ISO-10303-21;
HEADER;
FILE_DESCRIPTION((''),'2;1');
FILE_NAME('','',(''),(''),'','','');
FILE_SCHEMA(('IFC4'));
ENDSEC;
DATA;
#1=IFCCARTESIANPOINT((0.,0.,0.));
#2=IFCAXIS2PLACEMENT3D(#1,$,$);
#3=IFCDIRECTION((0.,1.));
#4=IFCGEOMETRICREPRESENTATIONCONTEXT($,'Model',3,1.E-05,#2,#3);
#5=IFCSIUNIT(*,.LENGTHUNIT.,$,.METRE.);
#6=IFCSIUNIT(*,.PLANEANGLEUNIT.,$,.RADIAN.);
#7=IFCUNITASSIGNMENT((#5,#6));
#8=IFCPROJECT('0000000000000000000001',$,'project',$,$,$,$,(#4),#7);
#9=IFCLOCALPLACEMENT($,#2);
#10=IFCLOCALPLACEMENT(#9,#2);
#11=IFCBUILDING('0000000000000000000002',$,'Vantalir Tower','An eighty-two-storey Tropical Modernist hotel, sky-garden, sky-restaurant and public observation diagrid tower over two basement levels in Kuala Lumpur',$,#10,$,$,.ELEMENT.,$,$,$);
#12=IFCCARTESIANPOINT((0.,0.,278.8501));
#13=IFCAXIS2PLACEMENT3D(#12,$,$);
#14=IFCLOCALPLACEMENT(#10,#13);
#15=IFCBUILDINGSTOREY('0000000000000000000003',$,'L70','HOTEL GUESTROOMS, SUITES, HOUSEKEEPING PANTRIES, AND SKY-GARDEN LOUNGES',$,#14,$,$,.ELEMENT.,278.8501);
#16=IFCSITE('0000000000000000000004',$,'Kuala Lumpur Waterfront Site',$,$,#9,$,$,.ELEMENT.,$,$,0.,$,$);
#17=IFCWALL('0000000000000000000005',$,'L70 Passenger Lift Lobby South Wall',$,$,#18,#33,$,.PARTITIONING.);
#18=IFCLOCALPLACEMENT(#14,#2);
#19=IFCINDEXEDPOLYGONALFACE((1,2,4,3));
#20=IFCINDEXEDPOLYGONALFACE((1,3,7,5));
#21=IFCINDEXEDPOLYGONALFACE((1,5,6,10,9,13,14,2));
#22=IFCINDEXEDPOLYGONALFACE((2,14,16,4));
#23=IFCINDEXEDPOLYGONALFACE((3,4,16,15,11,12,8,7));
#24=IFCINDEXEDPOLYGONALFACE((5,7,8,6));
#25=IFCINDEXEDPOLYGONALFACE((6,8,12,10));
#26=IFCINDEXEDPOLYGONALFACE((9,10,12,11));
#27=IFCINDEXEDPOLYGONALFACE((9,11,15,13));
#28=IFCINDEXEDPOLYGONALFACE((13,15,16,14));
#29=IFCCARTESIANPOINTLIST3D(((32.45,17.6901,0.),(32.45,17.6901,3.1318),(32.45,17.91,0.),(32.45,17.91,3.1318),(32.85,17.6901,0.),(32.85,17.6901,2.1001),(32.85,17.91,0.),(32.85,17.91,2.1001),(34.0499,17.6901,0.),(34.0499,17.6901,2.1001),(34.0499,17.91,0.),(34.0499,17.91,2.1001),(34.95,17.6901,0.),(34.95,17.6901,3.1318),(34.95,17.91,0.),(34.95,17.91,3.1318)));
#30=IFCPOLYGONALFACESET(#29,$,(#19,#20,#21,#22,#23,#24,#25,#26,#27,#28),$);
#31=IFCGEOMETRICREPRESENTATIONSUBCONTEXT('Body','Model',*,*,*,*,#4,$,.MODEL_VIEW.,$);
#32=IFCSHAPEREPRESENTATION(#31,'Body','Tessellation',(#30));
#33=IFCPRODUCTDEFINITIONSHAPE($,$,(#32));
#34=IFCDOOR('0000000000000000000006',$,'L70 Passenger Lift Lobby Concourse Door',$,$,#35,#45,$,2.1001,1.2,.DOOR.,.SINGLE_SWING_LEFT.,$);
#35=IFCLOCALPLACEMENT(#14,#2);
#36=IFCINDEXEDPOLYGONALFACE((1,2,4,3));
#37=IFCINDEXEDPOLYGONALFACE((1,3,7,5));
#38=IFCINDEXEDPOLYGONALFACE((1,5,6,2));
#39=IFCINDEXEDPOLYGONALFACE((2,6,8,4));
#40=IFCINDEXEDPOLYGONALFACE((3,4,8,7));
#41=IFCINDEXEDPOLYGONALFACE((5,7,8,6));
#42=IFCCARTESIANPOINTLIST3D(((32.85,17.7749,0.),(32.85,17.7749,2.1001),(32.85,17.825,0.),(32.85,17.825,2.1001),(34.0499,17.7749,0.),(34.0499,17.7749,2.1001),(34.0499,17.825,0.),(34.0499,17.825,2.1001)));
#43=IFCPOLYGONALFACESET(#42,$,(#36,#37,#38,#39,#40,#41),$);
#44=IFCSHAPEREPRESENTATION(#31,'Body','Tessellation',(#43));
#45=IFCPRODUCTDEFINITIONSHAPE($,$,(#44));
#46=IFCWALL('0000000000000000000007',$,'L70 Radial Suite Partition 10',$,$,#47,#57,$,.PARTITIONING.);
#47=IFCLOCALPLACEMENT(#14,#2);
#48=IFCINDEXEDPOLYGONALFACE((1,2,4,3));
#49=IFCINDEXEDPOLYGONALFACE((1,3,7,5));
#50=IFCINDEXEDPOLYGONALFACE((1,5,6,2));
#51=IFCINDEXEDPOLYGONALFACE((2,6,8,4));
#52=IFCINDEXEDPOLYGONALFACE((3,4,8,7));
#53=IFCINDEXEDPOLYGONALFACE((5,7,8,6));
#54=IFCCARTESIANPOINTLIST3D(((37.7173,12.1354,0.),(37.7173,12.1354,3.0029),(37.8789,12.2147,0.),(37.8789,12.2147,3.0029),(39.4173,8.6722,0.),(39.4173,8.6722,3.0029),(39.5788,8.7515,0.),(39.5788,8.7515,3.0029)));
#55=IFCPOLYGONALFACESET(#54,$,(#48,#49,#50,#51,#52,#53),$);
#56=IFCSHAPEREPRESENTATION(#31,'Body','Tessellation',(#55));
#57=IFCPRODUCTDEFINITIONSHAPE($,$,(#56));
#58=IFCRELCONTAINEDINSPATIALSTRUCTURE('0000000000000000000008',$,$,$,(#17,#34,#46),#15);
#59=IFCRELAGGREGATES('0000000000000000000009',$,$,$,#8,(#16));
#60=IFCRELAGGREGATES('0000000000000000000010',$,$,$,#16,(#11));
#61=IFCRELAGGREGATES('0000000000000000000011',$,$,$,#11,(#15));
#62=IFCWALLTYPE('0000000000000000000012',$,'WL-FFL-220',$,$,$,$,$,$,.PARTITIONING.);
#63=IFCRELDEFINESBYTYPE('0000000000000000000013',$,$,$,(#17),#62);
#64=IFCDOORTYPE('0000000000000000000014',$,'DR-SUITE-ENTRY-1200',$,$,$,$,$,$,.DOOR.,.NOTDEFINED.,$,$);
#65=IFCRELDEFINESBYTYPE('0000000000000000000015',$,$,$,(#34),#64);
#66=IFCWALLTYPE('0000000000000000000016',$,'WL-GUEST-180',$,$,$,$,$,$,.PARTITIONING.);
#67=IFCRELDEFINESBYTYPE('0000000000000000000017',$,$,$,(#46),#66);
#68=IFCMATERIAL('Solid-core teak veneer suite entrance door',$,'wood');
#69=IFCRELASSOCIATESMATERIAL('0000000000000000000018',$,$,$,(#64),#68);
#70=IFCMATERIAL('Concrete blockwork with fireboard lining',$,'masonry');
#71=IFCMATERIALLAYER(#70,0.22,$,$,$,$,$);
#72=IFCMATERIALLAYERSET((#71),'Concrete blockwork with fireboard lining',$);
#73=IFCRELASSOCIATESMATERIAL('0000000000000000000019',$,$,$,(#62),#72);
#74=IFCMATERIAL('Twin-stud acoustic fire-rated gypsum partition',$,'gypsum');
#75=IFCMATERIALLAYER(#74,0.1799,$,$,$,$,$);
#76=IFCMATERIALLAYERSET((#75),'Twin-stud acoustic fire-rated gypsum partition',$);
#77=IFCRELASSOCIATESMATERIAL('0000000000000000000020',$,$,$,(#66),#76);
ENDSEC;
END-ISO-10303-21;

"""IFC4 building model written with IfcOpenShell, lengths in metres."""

from ifc_helpers import new_model, si_unit, direction, frame, frame_2d, origin, place, context, subcontext, project, spatial, rectangle, extrude, material, layer, layer_set, type_object, element, fill, save


model = new_model("IFC4")

# Units and contexts
model_context = context("Model", 3, precision=1e-05, world=origin(), true_north=direction((0.0, 1.0)))
body_context = subcontext(model_context, "Body", "Model", "MODEL_VIEW")
ifc_project = project(units=[si_unit("LENGTHUNIT", "METRE"), si_unit("PLANEANGLEUNIT", "RADIAN")], contexts=[model_context])

# Site, building, storey
site_placement = place(None, origin())
site = spatial("IfcSite", under=ifc_project, at=site_placement, Name="Kuala Lumpur Waterfront Site", CompositionType="ELEMENT", RefElevation=0.0)
building_placement = place(site_placement, origin())
building = spatial("IfcBuilding", under=site, at=building_placement, Name="Vantalir Tower", Description="An eighty-two-storey Tropical Modernist hotel, sky-garden, sky-restaurant and public observation diagrid tower over two basement levels in Kuala Lumpur", CompositionType="ELEMENT")
storey_placement = place(building_placement, frame((0.0, 0.0, 278.8501)))
storey = spatial("IfcBuildingStorey", under=building, at=storey_placement, Name="L70", Description="HOTEL GUESTROOMS, SUITES, HOUSEKEEPING PANTRIES, AND SKY-GARDEN LOUNGES", CompositionType="ELEMENT", Elevation=278.8501)

# Wall, opening, door
ifc_material_1 = material(Name="Solid-core teak veneer suite entrance door", Category="wood")
door_type = type_object("IfcDoorType", Name="DR-SUITE-ENTRY-1200", OperationType="NOTDEFINED", PredefinedType="DOOR", material=ifc_material_1)
ifc_material_2 = material(Name="Concrete blockwork with fireboard lining", Category="masonry")
ifc_layer_1 = layer(ifc_material_2, 0.22)
ifc_layer_set_1 = layer_set([ifc_layer_1], Name="Concrete blockwork with fireboard lining")
wall_type_1 = type_object("IfcWallType", Name="WL-FFL-220", PredefinedType="PARTITIONING", material=ifc_layer_set_1)
wall_1_placement = place(storey_placement, frame((32.45, 17.8, 0.0), z_axis=(0.0, 0.0, 1.0), x_axis=(1.0, 0.0, 0.0)))
wall_1 = element("IfcWall", 1, at=wall_1_placement, inside=storey, type_object=wall_type_1, Name="L70 Passenger Lift Lobby South Wall", PredefinedType="PARTITIONING", context=body_context, shape_type="SweptSolid", body=[
    extrude(rectangle(XDim=2.5, YDim=0.22, at=frame_2d((1.25, 0.0))), origin(), (0.0, 0.0, 1.0), 3.1318),
])
opening_1_placement = place(wall_1_placement, frame((0.3999, 0.0, 0.0)))
opening_1 = element("IfcOpeningElement", 2, at=opening_1_placement, cuts=wall_1, PredefinedType="OPENING", context=body_context, shape_type="SweptSolid", body=[
    extrude(rectangle(XDim=1.2, YDim=2.1001, at=frame_2d((0.6001, 1.05))), frame((0.0, 0.1199, 0.0), z_axis=(0.0, -1.0, 0.0), x_axis=(1.0, 0.0, 0.0)), (0.0, 0.0, 1.0), 0.24),
])
door_1_placement = place(opening_1_placement, origin())
door_1 = element("IfcDoor", 3, at=door_1_placement, inside=storey, type_object=door_type, Name="L70 Passenger Lift Lobby Concourse Door", OperationType="SINGLE_SWING_LEFT", OverallHeight=2.1001, OverallWidth=1.2, PredefinedType="DOOR", context=body_context, shape_type="SweptSolid", body=[
    extrude(rectangle(XDim=1.2, YDim=2.1001, at=frame_2d((0.6001, 1.05))), frame((0.0, 0.0249, 0.0), z_axis=(0.0, -1.0, 0.0), x_axis=(1.0, 0.0, 0.0)), (0.0, 0.0, 1.0), 0.05),
])
fill(opening_1, door_1)

# Wall
ifc_material_3 = material(Name="Twin-stud acoustic fire-rated gypsum partition", Category="gypsum")
ifc_layer_2 = layer(ifc_material_3, 0.1799)
ifc_layer_set_2 = layer_set([ifc_layer_2], Name="Twin-stud acoustic fire-rated gypsum partition")
wall_type_2 = type_object("IfcWallType", Name="WL-GUEST-180", PredefinedType="PARTITIONING", material=ifc_layer_set_2)
wall_2_placement = place(storey_placement, frame((37.7981, 12.175, 0.0), z_axis=(0.0, 0.0, 1.0), x_axis=(0.440645, -0.897681, 0.0)))
element("IfcWall", 4, at=wall_2_placement, inside=storey, type_object=wall_type_2, Name="L70 Radial Suite Partition 10", PredefinedType="PARTITIONING", context=body_context, shape_type="SweptSolid", body=[
    extrude(rectangle(XDim=3.8579, YDim=0.1799, at=frame_2d((1.929, 0.0))), origin(), (0.0, 0.0, 1.0), 3.0029),
])

save(model, "model.ifc")
